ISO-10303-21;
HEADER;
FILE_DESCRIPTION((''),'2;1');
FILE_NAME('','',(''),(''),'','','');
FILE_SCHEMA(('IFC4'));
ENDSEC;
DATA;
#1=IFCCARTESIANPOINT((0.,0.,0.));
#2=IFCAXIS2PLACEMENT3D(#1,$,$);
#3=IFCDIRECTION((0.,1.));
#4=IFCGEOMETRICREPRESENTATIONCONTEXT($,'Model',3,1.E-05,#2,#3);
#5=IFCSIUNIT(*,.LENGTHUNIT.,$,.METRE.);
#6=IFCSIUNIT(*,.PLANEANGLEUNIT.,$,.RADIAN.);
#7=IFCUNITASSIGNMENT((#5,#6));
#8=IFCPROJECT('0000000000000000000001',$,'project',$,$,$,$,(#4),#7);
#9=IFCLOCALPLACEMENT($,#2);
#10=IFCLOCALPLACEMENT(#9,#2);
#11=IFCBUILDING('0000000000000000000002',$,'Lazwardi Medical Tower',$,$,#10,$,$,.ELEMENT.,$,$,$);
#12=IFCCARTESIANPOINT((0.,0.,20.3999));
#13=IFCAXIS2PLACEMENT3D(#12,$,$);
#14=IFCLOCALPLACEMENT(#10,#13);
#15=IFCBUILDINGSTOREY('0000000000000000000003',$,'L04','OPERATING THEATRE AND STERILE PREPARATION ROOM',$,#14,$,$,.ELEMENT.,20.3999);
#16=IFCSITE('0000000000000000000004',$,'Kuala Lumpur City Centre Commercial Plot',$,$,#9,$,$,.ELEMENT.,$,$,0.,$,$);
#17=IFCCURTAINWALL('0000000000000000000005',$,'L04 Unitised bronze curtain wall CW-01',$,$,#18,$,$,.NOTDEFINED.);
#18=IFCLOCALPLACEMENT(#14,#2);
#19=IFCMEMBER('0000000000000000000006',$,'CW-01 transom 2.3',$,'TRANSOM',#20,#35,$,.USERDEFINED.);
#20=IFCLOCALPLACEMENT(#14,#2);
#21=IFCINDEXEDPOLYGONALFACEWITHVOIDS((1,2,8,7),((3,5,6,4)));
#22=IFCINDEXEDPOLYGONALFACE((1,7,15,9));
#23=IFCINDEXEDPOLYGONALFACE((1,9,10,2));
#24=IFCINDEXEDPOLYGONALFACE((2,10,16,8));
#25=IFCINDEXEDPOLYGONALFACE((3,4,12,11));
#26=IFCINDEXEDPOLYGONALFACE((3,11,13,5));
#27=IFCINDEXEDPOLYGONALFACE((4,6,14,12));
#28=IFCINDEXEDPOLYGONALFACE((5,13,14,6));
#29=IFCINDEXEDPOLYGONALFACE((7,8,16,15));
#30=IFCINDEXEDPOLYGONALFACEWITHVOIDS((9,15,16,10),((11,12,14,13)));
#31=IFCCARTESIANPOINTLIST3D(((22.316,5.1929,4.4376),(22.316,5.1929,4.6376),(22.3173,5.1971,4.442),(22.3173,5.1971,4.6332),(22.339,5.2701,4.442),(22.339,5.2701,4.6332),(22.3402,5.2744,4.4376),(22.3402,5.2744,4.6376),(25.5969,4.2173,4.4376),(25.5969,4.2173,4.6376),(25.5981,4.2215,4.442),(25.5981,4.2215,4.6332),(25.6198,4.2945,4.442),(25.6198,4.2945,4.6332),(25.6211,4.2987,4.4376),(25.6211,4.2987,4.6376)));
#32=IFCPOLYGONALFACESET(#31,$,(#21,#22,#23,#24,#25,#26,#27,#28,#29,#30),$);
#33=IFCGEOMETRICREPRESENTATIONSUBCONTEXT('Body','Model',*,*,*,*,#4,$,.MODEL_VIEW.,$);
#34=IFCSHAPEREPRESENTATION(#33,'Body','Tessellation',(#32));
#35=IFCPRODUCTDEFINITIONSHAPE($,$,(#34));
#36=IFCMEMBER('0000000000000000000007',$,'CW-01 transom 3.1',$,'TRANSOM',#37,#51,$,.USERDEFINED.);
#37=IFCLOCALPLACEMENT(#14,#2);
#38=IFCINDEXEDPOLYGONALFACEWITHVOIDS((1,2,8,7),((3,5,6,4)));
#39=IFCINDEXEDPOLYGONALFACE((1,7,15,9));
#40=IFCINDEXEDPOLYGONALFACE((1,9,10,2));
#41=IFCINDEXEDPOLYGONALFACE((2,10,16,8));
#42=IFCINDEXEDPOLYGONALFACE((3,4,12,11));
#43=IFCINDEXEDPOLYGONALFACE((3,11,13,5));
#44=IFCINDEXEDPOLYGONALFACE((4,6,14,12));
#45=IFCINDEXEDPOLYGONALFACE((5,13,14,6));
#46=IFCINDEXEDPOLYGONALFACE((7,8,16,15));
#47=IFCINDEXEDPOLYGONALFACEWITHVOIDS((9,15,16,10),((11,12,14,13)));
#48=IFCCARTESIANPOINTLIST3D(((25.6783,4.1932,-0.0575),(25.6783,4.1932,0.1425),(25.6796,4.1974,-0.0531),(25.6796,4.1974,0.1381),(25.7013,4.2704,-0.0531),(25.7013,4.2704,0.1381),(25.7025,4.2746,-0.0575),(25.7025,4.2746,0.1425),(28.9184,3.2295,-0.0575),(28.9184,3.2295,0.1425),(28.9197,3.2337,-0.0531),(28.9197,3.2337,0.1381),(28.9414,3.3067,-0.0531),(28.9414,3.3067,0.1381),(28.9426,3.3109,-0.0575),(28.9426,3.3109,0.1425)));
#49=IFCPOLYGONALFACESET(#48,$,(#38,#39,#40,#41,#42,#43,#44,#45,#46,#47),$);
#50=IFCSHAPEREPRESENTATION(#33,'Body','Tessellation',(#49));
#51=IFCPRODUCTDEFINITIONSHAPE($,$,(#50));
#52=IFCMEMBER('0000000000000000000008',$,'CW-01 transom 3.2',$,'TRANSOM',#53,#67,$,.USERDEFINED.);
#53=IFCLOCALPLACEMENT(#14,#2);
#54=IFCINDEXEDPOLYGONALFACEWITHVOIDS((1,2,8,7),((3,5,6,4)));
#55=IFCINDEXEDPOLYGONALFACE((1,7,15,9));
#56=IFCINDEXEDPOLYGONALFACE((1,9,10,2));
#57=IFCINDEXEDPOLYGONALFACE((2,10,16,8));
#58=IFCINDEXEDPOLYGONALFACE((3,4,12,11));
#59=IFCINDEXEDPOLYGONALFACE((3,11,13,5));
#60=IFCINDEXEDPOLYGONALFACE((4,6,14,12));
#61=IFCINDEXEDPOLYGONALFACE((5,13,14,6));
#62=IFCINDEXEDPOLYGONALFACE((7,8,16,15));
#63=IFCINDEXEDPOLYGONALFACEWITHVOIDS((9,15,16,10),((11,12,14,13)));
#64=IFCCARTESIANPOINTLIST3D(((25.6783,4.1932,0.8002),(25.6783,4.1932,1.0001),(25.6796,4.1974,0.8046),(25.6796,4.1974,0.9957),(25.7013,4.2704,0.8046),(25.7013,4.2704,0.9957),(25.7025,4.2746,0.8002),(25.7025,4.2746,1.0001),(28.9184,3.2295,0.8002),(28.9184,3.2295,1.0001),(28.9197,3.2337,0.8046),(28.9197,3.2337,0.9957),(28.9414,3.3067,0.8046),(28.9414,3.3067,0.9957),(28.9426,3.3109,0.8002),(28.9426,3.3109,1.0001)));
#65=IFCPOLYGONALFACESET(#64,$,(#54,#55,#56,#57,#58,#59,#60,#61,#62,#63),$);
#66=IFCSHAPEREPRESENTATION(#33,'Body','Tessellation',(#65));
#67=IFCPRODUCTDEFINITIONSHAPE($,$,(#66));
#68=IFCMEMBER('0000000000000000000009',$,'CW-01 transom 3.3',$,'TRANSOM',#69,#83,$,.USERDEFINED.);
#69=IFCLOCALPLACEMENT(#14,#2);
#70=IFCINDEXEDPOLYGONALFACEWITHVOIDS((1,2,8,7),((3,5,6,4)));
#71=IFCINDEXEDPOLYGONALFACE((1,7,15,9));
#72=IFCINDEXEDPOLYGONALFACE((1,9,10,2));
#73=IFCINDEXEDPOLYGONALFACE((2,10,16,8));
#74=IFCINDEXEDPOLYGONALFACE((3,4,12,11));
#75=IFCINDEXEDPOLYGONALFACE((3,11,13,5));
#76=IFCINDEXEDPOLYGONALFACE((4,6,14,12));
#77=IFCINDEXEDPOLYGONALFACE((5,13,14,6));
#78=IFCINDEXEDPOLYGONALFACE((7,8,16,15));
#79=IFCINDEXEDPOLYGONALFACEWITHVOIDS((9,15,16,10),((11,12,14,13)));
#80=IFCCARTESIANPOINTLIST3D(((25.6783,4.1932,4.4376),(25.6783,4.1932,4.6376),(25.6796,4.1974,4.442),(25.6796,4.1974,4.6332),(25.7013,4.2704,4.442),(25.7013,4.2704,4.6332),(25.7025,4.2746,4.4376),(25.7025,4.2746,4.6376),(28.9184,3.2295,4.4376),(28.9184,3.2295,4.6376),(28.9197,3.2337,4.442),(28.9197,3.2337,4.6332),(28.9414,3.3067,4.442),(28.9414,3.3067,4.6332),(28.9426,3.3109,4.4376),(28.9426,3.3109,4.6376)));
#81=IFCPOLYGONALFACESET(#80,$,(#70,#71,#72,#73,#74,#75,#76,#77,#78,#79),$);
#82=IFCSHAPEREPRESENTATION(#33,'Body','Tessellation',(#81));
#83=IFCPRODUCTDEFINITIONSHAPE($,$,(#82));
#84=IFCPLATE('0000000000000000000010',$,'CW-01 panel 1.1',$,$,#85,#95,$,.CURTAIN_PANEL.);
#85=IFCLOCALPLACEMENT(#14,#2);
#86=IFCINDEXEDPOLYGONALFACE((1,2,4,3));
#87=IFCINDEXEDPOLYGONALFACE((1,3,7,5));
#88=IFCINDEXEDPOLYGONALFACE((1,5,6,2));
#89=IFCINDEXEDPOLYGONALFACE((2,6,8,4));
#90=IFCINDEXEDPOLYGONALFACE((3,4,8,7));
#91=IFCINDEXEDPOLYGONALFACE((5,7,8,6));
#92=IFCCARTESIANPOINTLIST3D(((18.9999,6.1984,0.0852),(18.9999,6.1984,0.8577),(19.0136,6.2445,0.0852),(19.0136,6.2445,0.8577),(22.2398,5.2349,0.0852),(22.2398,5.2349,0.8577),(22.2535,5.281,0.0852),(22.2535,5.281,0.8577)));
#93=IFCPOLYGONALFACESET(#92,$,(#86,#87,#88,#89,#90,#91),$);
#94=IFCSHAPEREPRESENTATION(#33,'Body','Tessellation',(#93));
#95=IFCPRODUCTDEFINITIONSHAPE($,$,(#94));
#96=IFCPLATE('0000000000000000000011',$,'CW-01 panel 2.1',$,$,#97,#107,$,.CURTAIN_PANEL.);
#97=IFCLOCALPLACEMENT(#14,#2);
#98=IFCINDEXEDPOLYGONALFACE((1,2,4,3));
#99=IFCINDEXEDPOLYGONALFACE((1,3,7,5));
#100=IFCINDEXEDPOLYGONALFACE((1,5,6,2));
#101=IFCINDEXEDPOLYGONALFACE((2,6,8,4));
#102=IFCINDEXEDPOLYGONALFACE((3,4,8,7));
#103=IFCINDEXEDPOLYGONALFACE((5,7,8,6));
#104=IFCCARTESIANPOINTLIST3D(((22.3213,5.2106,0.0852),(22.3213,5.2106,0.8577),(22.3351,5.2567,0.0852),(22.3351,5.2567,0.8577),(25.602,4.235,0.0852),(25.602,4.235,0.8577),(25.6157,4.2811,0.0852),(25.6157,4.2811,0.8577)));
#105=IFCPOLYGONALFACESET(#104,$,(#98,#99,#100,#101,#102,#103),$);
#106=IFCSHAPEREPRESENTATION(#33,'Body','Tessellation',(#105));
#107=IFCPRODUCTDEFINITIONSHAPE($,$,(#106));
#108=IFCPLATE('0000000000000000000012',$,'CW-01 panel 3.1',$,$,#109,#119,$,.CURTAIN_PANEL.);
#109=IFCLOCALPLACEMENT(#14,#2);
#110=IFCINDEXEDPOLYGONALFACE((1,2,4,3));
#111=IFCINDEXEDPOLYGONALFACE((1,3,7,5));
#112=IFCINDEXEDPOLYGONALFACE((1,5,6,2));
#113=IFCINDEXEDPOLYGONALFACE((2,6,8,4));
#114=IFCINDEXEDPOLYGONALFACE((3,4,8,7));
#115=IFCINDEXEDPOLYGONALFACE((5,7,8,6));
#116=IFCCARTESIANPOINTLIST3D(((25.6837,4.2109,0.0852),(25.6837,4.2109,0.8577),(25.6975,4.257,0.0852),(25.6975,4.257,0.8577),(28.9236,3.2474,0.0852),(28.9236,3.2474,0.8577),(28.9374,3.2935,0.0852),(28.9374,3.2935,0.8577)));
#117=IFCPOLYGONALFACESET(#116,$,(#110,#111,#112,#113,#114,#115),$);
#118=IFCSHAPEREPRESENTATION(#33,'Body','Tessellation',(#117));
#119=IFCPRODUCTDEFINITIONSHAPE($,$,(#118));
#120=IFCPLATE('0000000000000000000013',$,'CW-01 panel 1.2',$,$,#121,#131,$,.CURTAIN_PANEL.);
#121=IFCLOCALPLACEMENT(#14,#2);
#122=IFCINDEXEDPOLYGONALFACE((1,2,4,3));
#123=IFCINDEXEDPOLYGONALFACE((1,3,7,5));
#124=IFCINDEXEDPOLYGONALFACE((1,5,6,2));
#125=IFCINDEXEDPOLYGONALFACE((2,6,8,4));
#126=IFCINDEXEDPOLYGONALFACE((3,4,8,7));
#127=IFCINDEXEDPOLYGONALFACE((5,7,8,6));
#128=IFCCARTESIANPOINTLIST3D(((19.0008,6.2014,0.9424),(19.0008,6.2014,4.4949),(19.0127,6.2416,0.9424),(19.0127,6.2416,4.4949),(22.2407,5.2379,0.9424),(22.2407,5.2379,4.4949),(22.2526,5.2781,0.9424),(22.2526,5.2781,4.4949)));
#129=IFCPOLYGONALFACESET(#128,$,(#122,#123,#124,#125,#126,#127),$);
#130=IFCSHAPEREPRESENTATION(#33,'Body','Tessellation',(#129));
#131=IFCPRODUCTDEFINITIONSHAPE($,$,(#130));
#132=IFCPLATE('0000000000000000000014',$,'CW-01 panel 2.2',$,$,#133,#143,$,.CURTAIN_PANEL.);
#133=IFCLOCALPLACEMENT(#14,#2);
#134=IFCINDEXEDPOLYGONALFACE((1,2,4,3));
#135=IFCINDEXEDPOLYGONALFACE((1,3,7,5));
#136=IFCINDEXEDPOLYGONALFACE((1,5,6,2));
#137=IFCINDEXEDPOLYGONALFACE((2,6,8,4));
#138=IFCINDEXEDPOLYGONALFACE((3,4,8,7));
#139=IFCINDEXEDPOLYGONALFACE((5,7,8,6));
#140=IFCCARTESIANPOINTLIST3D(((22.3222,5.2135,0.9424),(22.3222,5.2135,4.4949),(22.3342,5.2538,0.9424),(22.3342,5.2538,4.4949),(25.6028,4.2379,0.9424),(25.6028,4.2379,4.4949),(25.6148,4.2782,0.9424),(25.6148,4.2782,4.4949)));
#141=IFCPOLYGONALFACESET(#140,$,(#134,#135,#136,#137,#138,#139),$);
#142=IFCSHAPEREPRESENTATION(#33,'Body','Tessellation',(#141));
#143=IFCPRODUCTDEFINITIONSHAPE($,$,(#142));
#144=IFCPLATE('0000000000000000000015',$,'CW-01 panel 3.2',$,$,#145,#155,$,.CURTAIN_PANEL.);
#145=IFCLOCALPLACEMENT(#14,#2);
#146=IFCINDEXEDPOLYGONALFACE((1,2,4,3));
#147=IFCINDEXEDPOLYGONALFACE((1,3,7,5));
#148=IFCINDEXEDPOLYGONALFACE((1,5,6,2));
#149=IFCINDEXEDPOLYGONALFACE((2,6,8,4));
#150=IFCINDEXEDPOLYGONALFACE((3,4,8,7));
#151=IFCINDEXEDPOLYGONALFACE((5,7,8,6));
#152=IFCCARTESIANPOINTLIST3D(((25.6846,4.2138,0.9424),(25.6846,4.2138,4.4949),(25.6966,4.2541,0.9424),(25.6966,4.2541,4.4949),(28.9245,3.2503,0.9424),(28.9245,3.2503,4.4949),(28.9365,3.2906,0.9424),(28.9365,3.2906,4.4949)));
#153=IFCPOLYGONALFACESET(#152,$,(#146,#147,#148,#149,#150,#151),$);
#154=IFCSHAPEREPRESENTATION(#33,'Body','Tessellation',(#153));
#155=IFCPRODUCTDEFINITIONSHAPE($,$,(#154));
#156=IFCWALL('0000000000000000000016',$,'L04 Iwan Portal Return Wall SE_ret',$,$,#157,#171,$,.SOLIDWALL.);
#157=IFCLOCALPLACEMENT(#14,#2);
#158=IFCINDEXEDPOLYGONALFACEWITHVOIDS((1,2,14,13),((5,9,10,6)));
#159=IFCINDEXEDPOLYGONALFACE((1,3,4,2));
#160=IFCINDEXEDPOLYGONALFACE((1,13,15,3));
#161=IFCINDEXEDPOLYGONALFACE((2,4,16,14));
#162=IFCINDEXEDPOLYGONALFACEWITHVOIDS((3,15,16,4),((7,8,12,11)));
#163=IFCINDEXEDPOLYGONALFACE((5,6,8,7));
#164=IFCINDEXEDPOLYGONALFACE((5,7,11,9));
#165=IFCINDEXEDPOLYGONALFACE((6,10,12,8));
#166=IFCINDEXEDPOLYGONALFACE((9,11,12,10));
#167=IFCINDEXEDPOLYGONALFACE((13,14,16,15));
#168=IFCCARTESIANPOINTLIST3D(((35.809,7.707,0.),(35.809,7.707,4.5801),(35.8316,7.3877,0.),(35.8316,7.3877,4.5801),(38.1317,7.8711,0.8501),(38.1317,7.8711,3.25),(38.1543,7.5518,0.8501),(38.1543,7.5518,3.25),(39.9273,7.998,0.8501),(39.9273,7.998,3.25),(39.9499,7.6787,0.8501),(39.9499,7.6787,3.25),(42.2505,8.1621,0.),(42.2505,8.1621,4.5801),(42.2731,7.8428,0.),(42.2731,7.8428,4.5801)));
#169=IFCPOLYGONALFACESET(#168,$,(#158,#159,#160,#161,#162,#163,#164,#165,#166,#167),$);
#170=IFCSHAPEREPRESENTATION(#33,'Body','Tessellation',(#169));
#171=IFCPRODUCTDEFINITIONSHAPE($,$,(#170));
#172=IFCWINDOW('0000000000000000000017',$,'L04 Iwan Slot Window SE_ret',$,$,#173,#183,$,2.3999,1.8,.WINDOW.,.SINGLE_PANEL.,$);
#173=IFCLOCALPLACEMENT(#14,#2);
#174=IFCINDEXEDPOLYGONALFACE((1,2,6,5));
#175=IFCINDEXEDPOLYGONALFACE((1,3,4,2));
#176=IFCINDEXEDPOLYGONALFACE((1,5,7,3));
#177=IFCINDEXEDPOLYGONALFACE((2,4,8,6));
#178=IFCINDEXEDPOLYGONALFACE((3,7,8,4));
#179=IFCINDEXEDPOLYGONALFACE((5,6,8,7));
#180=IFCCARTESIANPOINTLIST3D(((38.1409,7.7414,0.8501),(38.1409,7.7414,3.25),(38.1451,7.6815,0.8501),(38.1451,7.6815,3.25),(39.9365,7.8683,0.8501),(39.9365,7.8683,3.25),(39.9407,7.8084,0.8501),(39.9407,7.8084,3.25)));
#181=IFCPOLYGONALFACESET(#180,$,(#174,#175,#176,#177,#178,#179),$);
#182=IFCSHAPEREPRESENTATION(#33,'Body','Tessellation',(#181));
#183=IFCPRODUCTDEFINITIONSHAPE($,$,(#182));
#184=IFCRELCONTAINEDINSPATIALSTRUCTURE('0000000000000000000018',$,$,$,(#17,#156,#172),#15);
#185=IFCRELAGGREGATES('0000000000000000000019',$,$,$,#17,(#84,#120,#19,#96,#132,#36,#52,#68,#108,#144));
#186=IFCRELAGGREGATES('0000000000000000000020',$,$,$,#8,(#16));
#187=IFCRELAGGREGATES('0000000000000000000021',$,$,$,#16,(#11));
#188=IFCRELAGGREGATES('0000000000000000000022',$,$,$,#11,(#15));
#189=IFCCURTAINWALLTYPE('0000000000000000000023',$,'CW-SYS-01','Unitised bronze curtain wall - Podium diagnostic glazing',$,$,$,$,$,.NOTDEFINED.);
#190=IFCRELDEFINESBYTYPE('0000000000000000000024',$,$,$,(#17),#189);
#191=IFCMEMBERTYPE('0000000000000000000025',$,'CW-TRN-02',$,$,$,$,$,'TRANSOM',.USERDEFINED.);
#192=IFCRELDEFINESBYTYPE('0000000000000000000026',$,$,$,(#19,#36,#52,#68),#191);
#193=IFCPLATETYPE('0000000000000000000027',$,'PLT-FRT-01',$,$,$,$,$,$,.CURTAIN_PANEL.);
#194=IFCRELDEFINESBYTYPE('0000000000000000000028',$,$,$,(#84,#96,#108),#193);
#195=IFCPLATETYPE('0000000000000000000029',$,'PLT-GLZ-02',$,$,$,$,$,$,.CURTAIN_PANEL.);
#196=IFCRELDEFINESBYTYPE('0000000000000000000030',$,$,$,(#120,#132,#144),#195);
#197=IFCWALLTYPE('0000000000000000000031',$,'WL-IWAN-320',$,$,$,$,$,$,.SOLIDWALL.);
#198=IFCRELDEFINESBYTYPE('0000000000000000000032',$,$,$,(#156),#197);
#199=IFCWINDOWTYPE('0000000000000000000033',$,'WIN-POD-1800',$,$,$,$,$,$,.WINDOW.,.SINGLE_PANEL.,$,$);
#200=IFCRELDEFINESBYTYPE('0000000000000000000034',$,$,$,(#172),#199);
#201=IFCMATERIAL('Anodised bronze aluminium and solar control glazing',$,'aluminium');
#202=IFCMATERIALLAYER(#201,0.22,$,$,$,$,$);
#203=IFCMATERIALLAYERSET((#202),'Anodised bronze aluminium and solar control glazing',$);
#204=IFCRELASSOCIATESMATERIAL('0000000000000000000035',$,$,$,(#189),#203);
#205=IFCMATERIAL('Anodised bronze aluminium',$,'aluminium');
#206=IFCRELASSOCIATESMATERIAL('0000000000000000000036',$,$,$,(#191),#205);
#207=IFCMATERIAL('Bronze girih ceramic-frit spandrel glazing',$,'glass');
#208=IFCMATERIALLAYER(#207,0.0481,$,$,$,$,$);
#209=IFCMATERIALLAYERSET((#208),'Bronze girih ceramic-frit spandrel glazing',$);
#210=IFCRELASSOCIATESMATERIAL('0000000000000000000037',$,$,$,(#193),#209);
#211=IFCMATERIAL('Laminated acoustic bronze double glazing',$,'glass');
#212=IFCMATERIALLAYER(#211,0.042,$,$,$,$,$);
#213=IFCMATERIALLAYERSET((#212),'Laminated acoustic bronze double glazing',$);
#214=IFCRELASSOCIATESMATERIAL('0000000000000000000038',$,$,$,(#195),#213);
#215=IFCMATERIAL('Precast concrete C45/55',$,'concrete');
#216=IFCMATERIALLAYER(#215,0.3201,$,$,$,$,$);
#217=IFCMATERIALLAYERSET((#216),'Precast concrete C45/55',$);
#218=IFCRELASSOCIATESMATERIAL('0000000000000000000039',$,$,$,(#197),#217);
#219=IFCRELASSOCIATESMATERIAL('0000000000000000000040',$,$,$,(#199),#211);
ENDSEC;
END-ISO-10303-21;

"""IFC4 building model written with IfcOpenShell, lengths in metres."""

from ifc_helpers import new_model, si_unit, direction, frame, frame_2d, origin, origin_2d, place, context, subcontext, project, spatial, rectangle, hollow_rectangle, extrude, material, layer, layer_set, material_profile, profile_set, type_object, element, fill, aggregate, save


model = new_model("IFC4")

# Units and contexts
model_context = context("Model", 3, precision=1e-05, world=origin(), true_north=direction((0.0, 1.0)))
body_context = subcontext(model_context, "Body", "Model", "MODEL_VIEW")
ifc_project = project(units=[si_unit("LENGTHUNIT", "METRE"), si_unit("PLANEANGLEUNIT", "RADIAN")], contexts=[model_context])

# Site, building, storey
site_placement = place(None, origin())
site = spatial("IfcSite", under=ifc_project, at=site_placement, Name="Kuala Lumpur City Centre Commercial Plot", CompositionType="ELEMENT", RefElevation=0.0)
building_placement = place(site_placement, origin())
building = spatial("IfcBuilding", under=site, at=building_placement, Name="Lazwardi Medical Tower", CompositionType="ELEMENT")
storey_placement = place(building_placement, frame((0.0, 0.0, 20.3999)))
storey = spatial("IfcBuildingStorey", under=building, at=storey_placement, Name="L04", Description="OPERATING THEATRE AND STERILE PREPARATION ROOM", CompositionType="ELEMENT", Elevation=20.3999)

# Shared definitions
ifc_material_1 = material(Name="Anodised bronze aluminium and solar control glazing", Category="aluminium")
ifc_material_2 = material(Name="Anodised bronze aluminium", Category="aluminium")

# Curtain wall, members, plates
ifc_layer_1 = layer(ifc_material_1, 0.22)
ifc_layer_set_1 = layer_set([ifc_layer_1], Name="Anodised bronze aluminium and solar control glazing")
curtain_wall_type_1 = type_object("IfcCurtainWallType", Name="CW-SYS-01", Description="Unitised bronze curtain wall - Podium diagnostic glazing", PredefinedType="NOTDEFINED", material=ifc_layer_set_1)
curtain_wall_1_placement = place(storey_placement, origin())
curtain_wall_1 = element("IfcCurtainWall", 1, at=curtain_wall_1_placement, inside=storey, type_object=curtain_wall_type_1, Name="L04 Unitised bronze curtain wall CW-01", PredefinedType="NOTDEFINED")
ifc_material_profile_1 = material_profile(ifc_material_2, hollow_rectangle(XDim=0.085, YDim=0.2, WallThickness=0.0044, at=origin_2d()), Name="ALU-TRANSOM 200x85x4.5")
ifc_profile_set_1 = profile_set([ifc_material_profile_1], Name="Anodised bronze aluminium")
member_type_1 = type_object("IfcMemberType", Name="CW-TRN-02", ElementType="TRANSOM", PredefinedType="USERDEFINED", material=ifc_profile_set_1)
member_1_placement = place(storey_placement, frame((22.3281, 5.2336, 4.5376), z_axis=(0.958518, -0.28503, 0.0), x_axis=(0.28503, 0.958518, 0.0)))
member_1 = element("IfcMember", 2, at=member_1_placement, type_object=member_type_1, Name="CW-01 transom 2.3", ObjectType="TRANSOM", PredefinedType="USERDEFINED", context=body_context, shape_type="SweptSolid", body=[
    extrude(hollow_rectangle(XDim=0.085, YDim=0.2, WallThickness=0.0044, at=origin_2d()), origin(), (0.0, 0.0, 1.0), 3.4229),
])
member_2_placement = place(storey_placement, frame((25.6904, 4.2339, 0.0425), z_axis=(0.958505, -0.285074, 0.0), x_axis=(0.285074, 0.958505, 0.0)))
member_2 = element("IfcMember", 3, at=member_2_placement, type_object=member_type_1, Name="CW-01 transom 3.1", ObjectType="TRANSOM", PredefinedType="USERDEFINED", context=body_context, shape_type="SweptSolid", body=[
    extrude(hollow_rectangle(XDim=0.085, YDim=0.2, WallThickness=0.0044, at=origin_2d()), origin(), (0.0, 0.0, 1.0), 3.3804),
])
member_3_placement = place(storey_placement, frame((25.6904, 4.2339, 0.9001), z_axis=(0.958505, -0.285074, 0.0), x_axis=(0.285074, 0.958505, 0.0)))
member_3 = element("IfcMember", 4, at=member_3_placement, type_object=member_type_1, Name="CW-01 transom 3.2", ObjectType="TRANSOM", PredefinedType="USERDEFINED", context=body_context, shape_type="SweptSolid", body=[
    extrude(hollow_rectangle(XDim=0.085, YDim=0.2, WallThickness=0.0044, at=origin_2d()), origin(), (0.0, 0.0, 1.0), 3.3804),
])
member_4_placement = place(storey_placement, frame((25.6904, 4.2339, 4.5376), z_axis=(0.958505, -0.285074, 0.0), x_axis=(0.285074, 0.958505, 0.0)))
member_4 = element("IfcMember", 5, at=member_4_placement, type_object=member_type_1, Name="CW-01 transom 3.3", ObjectType="TRANSOM", PredefinedType="USERDEFINED", context=body_context, shape_type="SweptSolid", body=[
    extrude(hollow_rectangle(XDim=0.085, YDim=0.2, WallThickness=0.0044, at=origin_2d()), origin(), (0.0, 0.0, 1.0), 3.3804),
])
ifc_material_3 = material(Name="Bronze girih ceramic-frit spandrel glazing", Category="glass")
ifc_layer_2 = layer(ifc_material_3, 0.0481)
ifc_layer_set_2 = layer_set([ifc_layer_2], Name="Bronze girih ceramic-frit spandrel glazing")
plate_type_1 = type_object("IfcPlateType", Name="PLT-FRT-01", PredefinedType="CURTAIN_PANEL", material=ifc_layer_set_2)
plate_1_placement = place(storey_placement, frame((20.6267, 5.7397, 0.0852), z_axis=(0.0, 0.0, 1.0), x_axis=(0.958513, -0.285047, 0.0)))
plate_1 = element("IfcPlate", 6, at=plate_1_placement, type_object=plate_type_1, Name="CW-01 panel 1.1", PredefinedType="CURTAIN_PANEL", context=body_context, shape_type="SweptSolid", body=[
    extrude(rectangle(XDim=3.3801, YDim=0.0481, at=origin_2d()), origin(), (0.0, 0.0, 1.0), 0.7725),
])
plate_2_placement = place(storey_placement, frame((23.9685, 4.7458, 0.0852), z_axis=(0.0, 0.0, 1.0), x_axis=(0.958513, -0.285047, 0.0)))
plate_2 = element("IfcPlate", 7, at=plate_2_placement, type_object=plate_type_1, Name="CW-01 panel 2.1", PredefinedType="CURTAIN_PANEL", context=body_context, shape_type="SweptSolid", body=[
    extrude(rectangle(XDim=3.4226, YDim=0.0481, at=origin_2d()), origin(), (0.0, 0.0, 1.0), 0.7725),
])
plate_3_placement = place(storey_placement, frame((27.3105, 3.7522, 0.0852), z_axis=(0.0, 0.0, 1.0), x_axis=(0.958513, -0.285047, 0.0)))
plate_3 = element("IfcPlate", 8, at=plate_3_placement, type_object=plate_type_1, Name="CW-01 panel 3.1", PredefinedType="CURTAIN_PANEL", context=body_context, shape_type="SweptSolid", body=[
    extrude(rectangle(XDim=3.3801, YDim=0.0481, at=origin_2d()), origin(), (0.0, 0.0, 1.0), 0.7725),
])
ifc_material_4 = material(Name="Laminated acoustic bronze double glazing", Category="glass")
ifc_layer_3 = layer(ifc_material_4, 0.042)
ifc_layer_set_3 = layer_set([ifc_layer_3], Name="Laminated acoustic bronze double glazing")
plate_type_2 = type_object("IfcPlateType", Name="PLT-GLZ-02", PredefinedType="CURTAIN_PANEL", material=ifc_layer_set_3)
plate_4_placement = place(storey_placement, frame((20.6267, 5.7397, 0.9424), z_axis=(0.0, 0.0, 1.0), x_axis=(0.958513, -0.285047, 0.0)))
plate_4 = element("IfcPlate", 9, at=plate_4_placement, type_object=plate_type_2, Name="CW-01 panel 1.2", PredefinedType="CURTAIN_PANEL", context=body_context, shape_type="SweptSolid", body=[
    extrude(rectangle(XDim=3.3801, YDim=0.042, at=origin_2d()), origin(), (0.0, 0.0, 1.0), 3.5525),
])
plate_5_placement = place(storey_placement, frame((23.9685, 4.7458, 0.9424), z_axis=(0.0, 0.0, 1.0), x_axis=(0.958513, -0.285047, 0.0)))
plate_5 = element("IfcPlate", 10, at=plate_5_placement, type_object=plate_type_2, Name="CW-01 panel 2.2", PredefinedType="CURTAIN_PANEL", context=body_context, shape_type="SweptSolid", body=[
    extrude(rectangle(XDim=3.4226, YDim=0.042, at=origin_2d()), origin(), (0.0, 0.0, 1.0), 3.5525),
])
plate_6_placement = place(storey_placement, frame((27.3105, 3.7522, 0.9424), z_axis=(0.0, 0.0, 1.0), x_axis=(0.958513, -0.285047, 0.0)))
plate_6 = element("IfcPlate", 11, at=plate_6_placement, type_object=plate_type_2, Name="CW-01 panel 3.2", PredefinedType="CURTAIN_PANEL", context=body_context, shape_type="SweptSolid", body=[
    extrude(rectangle(XDim=3.3801, YDim=0.042, at=origin_2d()), origin(), (0.0, 0.0, 1.0), 3.5525),
])
aggregate(curtain_wall_1, [plate_1, plate_4, member_1, plate_2, plate_5, member_2, member_3, member_4, plate_3, plate_6])

# Wall, opening, window
ifc_material_5 = material(Name="Precast concrete C45/55", Category="concrete")
ifc_layer_4 = layer(ifc_material_5, 0.3201)
ifc_layer_set_4 = layer_set([ifc_layer_4], Name="Precast concrete C45/55")
wall_type = type_object("IfcWallType", Name="WL-IWAN-320", PredefinedType="SOLIDWALL", material=ifc_layer_set_4)
wall_1_placement = place(storey_placement, frame((35.8203, 7.5474, 0.0), z_axis=(0.0, 0.0, 1.0), x_axis=(0.997514, 0.070473, 0.0)))
wall_1 = element("IfcWall", 12, at=wall_1_placement, inside=storey, type_object=wall_type, Name="L04 Iwan Portal Return Wall SE_ret", PredefinedType="SOLIDWALL", context=body_context, shape_type="SweptSolid", body=[
    extrude(rectangle(XDim=6.4575, YDim=0.3201, at=frame_2d((3.2288, 0.0))), origin(), (0.0, 0.0, 1.0), 4.5801),
])
opening_1_placement = place(wall_1_placement, frame((2.3286, 0.0, 0.8501)))
opening_1 = element("IfcOpeningElement", 13, at=opening_1_placement, cuts=wall_1, PredefinedType="OPENING", context=body_context, shape_type="SweptSolid", body=[
    extrude(rectangle(XDim=1.8, YDim=2.3999, at=frame_2d((0.8999, 1.2))), frame((0.0, 0.1699, 0.0), z_axis=(0.0, -1.0, 0.0), x_axis=(1.0, 0.0, 0.0)), (0.0, 0.0, 1.0), 0.3401),
])
window_type = type_object("IfcWindowType", Name="WIN-POD-1800", PartitioningType="SINGLE_PANEL", PredefinedType="WINDOW", material=ifc_material_4)
window_1_placement = place(opening_1_placement, origin())
window_1 = element("IfcWindow", 14, at=window_1_placement, inside=storey, type_object=window_type, Name="L04 Iwan Slot Window SE_ret", OverallHeight=2.3999, OverallWidth=1.8, PartitioningType="SINGLE_PANEL", PredefinedType="WINDOW", context=body_context, shape_type="SweptSolid", body=[
    extrude(rectangle(XDim=1.8, YDim=2.3999, at=frame_2d((0.8999, 1.2))), frame((0.0, 0.03, 0.0), z_axis=(0.0, -1.0, 0.0), x_axis=(1.0, 0.0, 0.0)), (0.0, 0.0, 1.0), 0.0601),
])
fill(opening_1, window_1)

save(model, "model.ifc")
